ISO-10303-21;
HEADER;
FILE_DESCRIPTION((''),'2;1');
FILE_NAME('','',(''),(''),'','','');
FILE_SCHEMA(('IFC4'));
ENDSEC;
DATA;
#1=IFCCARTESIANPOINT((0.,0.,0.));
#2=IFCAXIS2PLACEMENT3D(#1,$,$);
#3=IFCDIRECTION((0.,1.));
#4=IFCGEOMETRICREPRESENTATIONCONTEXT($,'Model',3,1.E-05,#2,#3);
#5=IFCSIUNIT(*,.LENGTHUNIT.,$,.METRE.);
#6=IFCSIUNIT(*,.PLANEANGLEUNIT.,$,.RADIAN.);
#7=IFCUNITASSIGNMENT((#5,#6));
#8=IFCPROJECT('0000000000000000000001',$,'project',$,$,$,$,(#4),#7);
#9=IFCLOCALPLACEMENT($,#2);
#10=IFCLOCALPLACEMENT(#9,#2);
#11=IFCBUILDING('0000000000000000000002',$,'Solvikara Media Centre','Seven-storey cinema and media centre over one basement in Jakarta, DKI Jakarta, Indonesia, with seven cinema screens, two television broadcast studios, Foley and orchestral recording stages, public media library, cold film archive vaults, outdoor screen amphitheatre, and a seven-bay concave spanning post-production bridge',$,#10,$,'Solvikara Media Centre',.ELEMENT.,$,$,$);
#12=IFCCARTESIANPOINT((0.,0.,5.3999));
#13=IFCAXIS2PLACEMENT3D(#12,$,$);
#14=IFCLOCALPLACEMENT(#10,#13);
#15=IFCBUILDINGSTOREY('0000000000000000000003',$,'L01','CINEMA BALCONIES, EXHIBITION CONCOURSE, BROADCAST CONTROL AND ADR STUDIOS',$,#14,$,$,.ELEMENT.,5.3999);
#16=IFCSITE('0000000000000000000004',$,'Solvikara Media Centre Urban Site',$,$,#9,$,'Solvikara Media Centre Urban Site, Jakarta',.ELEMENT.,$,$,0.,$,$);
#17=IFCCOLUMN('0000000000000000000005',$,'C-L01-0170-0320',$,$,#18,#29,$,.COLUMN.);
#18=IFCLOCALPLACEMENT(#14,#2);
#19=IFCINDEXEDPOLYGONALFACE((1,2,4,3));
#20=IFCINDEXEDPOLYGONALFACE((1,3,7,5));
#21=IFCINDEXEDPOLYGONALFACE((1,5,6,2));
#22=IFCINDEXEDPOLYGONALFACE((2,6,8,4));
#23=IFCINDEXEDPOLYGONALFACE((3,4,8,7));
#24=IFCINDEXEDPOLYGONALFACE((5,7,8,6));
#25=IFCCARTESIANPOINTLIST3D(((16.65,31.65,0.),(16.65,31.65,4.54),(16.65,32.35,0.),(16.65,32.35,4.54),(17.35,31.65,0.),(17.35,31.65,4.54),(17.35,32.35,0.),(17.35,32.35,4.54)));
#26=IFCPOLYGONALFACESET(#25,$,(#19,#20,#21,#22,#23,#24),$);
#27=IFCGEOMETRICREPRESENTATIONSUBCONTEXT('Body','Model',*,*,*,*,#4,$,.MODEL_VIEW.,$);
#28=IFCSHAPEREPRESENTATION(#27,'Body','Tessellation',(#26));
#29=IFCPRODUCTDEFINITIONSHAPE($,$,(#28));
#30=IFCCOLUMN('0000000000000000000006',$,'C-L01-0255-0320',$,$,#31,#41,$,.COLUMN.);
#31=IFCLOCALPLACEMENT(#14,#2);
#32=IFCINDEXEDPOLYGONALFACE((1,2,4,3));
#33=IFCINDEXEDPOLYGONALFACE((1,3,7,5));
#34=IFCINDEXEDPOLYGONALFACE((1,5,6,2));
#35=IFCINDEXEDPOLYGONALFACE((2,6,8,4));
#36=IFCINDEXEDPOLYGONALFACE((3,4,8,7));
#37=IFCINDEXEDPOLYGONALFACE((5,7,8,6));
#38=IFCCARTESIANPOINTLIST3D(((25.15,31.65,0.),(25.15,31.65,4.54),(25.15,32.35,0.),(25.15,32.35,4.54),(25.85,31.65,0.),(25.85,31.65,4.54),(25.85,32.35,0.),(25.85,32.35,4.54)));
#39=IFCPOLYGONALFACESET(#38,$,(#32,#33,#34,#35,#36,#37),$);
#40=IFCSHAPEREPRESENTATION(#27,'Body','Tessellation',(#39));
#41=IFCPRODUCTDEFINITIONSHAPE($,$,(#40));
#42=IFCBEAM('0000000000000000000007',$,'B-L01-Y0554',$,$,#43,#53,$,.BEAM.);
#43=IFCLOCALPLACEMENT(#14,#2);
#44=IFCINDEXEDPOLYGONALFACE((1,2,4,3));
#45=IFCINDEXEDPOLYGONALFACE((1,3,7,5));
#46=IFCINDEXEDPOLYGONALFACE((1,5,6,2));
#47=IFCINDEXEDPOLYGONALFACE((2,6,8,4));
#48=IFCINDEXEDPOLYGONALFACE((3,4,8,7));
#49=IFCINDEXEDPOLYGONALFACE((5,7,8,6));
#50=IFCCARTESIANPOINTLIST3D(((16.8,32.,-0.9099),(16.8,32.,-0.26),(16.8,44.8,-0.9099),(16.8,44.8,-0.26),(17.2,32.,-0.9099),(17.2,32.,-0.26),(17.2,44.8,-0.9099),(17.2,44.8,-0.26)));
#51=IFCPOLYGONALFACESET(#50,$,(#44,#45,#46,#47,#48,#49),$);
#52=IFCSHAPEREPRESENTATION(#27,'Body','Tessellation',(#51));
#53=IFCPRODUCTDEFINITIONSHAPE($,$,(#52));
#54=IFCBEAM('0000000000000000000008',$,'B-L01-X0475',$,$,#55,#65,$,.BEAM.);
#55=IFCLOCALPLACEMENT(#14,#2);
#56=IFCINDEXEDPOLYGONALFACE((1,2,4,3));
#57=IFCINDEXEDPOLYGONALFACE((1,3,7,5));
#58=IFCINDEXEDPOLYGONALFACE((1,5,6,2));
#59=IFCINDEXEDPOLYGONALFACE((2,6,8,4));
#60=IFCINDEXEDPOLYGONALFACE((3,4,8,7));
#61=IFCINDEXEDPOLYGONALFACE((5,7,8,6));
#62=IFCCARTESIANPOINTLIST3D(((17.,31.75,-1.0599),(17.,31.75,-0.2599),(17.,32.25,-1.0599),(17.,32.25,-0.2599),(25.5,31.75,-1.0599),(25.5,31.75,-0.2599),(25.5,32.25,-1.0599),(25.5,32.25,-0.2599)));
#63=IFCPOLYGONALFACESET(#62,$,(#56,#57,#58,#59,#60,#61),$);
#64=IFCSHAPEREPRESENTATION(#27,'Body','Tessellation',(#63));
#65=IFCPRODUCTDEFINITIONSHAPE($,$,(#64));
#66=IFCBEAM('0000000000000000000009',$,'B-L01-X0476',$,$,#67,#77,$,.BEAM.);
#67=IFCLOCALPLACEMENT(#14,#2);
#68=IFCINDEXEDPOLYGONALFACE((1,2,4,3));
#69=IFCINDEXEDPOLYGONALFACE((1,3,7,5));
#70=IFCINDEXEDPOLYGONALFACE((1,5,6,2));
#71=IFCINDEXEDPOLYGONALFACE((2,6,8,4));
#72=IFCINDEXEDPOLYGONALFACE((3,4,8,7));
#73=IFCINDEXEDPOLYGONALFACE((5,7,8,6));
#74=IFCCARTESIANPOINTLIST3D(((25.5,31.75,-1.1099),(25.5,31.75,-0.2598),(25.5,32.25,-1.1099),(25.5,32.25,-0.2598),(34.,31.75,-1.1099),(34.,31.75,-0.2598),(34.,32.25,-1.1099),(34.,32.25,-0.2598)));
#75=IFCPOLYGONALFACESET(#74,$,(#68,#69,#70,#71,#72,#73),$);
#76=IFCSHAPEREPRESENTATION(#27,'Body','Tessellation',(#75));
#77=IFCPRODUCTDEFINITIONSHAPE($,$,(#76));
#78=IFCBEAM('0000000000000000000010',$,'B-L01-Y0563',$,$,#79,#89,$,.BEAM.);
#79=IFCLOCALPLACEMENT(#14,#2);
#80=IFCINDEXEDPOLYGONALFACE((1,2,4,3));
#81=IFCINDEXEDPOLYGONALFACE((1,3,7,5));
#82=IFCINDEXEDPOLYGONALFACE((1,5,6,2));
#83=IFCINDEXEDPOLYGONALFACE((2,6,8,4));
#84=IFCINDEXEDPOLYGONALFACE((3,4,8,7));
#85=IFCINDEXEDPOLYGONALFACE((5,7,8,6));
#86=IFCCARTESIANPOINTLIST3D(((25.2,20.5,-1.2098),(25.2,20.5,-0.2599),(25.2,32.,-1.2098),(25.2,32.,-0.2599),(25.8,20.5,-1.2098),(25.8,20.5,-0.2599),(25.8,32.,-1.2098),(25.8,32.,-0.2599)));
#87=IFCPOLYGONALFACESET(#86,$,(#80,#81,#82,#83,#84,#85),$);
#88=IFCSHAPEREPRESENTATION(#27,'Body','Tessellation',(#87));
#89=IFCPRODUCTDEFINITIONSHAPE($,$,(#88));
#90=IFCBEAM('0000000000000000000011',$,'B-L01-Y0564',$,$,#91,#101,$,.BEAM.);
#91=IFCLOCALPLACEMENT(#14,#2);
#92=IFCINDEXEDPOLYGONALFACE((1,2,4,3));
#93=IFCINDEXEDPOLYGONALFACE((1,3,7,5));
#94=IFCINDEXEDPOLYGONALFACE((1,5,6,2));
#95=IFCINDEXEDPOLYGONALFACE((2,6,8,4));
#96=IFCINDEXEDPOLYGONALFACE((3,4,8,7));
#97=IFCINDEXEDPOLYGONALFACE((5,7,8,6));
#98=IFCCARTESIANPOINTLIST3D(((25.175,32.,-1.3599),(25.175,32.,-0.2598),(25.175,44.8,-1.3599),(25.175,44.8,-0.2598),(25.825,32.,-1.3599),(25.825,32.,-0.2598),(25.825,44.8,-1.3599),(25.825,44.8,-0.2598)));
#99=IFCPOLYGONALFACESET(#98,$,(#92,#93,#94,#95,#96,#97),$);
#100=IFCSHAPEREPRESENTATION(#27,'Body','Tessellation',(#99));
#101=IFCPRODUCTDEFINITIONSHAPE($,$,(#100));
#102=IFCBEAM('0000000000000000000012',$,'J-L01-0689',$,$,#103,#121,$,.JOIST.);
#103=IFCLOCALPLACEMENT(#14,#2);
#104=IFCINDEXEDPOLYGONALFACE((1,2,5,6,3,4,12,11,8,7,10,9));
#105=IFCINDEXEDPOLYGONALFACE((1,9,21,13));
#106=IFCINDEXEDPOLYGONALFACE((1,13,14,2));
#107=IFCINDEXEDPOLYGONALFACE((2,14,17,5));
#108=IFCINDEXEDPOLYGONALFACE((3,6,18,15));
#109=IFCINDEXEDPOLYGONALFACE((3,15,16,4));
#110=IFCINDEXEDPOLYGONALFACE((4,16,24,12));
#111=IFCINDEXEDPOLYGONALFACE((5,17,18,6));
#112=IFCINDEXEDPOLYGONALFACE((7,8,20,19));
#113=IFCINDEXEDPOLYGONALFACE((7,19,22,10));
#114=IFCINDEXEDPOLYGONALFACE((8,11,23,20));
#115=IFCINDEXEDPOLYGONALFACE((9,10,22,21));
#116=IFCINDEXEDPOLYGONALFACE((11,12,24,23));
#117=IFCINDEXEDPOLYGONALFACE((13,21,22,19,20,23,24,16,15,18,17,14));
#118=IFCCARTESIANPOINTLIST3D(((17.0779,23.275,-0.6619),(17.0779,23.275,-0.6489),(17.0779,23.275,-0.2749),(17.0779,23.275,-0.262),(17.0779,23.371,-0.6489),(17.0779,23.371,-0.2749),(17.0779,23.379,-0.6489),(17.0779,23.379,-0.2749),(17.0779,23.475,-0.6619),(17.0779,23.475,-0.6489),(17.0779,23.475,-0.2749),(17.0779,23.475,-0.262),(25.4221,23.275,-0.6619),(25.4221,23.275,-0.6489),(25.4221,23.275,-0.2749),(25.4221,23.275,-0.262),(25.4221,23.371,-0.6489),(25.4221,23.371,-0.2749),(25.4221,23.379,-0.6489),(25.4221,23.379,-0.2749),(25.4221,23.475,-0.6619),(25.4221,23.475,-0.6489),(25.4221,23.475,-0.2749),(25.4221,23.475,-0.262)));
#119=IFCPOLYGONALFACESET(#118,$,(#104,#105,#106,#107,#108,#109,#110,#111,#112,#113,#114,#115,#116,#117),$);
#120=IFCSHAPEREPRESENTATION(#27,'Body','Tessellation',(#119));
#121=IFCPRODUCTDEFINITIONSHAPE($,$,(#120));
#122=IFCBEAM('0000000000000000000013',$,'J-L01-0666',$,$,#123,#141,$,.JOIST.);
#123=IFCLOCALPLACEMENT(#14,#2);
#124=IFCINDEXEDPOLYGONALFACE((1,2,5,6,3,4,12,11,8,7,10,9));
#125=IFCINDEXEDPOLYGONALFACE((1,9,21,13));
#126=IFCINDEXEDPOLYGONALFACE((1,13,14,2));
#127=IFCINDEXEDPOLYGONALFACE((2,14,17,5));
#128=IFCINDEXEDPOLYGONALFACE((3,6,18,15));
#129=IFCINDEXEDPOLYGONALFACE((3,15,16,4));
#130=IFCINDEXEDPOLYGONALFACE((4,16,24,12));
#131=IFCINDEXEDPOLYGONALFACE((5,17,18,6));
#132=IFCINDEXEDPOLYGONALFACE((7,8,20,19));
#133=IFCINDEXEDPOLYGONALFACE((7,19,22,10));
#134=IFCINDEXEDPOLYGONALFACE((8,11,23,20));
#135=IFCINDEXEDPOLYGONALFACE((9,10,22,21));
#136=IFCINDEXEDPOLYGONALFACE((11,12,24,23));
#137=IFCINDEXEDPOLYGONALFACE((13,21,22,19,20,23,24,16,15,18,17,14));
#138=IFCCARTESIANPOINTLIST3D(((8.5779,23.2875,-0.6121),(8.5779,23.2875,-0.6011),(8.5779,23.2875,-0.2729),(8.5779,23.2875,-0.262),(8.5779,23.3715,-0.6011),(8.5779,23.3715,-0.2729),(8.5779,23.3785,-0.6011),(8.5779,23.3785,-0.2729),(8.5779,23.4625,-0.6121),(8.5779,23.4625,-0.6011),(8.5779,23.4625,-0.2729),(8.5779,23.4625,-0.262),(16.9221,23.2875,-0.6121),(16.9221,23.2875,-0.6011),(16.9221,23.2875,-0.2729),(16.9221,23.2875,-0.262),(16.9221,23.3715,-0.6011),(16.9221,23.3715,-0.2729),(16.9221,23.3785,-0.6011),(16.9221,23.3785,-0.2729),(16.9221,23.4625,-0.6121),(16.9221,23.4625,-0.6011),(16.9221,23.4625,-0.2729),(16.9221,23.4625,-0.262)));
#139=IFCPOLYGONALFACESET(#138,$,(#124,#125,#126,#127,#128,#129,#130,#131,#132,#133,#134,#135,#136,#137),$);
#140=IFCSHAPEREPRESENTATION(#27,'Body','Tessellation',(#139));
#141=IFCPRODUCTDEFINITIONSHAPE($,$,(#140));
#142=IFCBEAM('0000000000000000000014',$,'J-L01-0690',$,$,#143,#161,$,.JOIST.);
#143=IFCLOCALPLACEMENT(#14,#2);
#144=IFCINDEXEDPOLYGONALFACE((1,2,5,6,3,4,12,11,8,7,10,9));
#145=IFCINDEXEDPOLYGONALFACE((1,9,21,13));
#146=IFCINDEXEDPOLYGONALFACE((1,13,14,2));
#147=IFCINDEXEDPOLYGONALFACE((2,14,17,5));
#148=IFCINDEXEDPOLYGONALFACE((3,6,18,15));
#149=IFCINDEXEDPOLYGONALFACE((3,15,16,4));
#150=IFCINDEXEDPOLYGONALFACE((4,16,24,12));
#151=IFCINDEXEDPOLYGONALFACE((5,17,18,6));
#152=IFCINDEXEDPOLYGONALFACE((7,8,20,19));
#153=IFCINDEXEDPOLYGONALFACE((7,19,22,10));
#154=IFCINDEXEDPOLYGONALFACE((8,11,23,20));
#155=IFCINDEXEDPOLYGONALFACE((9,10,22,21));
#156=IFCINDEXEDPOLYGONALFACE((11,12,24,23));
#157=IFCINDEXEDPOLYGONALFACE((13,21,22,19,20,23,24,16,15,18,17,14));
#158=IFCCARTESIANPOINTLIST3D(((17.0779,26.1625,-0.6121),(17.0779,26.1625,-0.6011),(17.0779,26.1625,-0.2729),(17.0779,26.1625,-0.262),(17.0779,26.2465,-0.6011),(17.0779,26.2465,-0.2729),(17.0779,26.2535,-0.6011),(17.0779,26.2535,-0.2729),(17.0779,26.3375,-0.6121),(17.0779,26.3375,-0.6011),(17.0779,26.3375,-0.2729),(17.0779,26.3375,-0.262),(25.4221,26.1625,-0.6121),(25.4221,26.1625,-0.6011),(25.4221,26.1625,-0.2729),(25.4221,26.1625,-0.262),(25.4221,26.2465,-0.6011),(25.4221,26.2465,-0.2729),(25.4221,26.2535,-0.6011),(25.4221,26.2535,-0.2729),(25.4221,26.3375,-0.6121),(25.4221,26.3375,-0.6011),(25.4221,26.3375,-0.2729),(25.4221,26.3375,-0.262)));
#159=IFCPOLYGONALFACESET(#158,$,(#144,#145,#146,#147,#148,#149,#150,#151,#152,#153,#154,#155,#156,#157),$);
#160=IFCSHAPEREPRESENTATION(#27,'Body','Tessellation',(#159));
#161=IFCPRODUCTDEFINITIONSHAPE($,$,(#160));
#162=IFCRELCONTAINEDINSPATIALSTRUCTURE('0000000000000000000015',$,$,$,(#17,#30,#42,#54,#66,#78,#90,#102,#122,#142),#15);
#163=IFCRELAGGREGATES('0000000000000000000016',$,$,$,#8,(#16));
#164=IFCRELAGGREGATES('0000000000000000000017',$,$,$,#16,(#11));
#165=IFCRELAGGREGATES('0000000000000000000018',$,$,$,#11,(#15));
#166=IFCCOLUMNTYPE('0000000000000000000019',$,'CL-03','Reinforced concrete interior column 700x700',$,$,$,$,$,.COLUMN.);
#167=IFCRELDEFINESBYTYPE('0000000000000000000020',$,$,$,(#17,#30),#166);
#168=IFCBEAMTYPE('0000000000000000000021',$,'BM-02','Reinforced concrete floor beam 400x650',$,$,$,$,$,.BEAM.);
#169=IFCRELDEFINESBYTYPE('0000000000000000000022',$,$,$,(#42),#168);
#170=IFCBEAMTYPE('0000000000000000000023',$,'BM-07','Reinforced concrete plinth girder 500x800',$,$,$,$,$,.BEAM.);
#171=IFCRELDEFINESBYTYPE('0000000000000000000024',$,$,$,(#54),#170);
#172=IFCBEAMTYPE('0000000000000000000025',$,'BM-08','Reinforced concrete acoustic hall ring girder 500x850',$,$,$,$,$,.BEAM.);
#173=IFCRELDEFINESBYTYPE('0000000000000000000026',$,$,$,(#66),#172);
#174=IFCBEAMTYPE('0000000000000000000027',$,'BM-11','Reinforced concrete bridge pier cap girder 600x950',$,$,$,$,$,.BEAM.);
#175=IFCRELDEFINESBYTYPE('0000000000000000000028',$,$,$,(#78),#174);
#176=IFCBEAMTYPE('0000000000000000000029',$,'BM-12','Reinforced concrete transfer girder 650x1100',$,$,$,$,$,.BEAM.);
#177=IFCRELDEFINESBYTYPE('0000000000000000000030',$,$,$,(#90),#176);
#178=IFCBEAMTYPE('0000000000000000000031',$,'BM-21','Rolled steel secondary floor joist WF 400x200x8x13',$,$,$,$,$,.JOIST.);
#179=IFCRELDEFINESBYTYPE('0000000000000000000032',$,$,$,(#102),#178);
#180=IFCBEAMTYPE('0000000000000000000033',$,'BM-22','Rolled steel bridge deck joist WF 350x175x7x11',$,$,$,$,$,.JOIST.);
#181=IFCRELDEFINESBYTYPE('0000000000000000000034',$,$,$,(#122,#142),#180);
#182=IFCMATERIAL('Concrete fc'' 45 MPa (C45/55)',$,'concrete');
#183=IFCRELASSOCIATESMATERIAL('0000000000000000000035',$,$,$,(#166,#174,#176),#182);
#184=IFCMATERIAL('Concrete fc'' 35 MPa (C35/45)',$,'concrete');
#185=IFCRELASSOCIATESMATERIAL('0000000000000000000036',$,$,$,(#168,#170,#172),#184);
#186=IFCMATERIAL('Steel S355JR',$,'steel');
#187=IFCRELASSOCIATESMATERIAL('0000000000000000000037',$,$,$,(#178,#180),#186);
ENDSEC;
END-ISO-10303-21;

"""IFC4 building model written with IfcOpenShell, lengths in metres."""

from ifc_helpers import new_model, si_unit, direction, frame, origin, origin_2d, place, context, subcontext, project, spatial, rectangle, i_section, extrude, material, material_profile, profile_set, type_object, element, save


model = new_model("IFC4")

# Units and contexts
model_context = context("Model", 3, precision=1e-05, world=origin(), true_north=direction((0.0, 1.0)))
body_context = subcontext(model_context, "Body", "Model", "MODEL_VIEW")
ifc_project = project(units=[si_unit("LENGTHUNIT", "METRE"), si_unit("PLANEANGLEUNIT", "RADIAN")], contexts=[model_context])

# Site, building, storey
site_placement = place(None, origin())
site = spatial("IfcSite", under=ifc_project, at=site_placement, Name="Solvikara Media Centre Urban Site", LongName="Solvikara Media Centre Urban Site, Jakarta", CompositionType="ELEMENT", RefElevation=0.0)
building_placement = place(site_placement, origin())
building = spatial("IfcBuilding", under=site, at=building_placement, Name="Solvikara Media Centre", Description="Seven-storey cinema and media centre over one basement in Jakarta, DKI Jakarta, Indonesia, with seven cinema screens, two television broadcast studios, Foley and orchestral recording stages, public media library, cold film archive vaults, outdoor screen amphitheatre, and a seven-bay concave spanning post-production bridge", LongName="Solvikara Media Centre", CompositionType="ELEMENT")
storey_placement = place(building_placement, frame((0.0, 0.0, 5.3999)))
storey = spatial("IfcBuildingStorey", under=building, at=storey_placement, Name="L01", Description="CINEMA BALCONIES, EXHIBITION CONCOURSE, BROADCAST CONTROL AND ADR STUDIOS", CompositionType="ELEMENT", Elevation=5.3999)

# Columns
ifc_material_1 = material(Name="Concrete fc' 45 MPa (C45/55)", Category="concrete")
ifc_material_profile_1 = material_profile(ifc_material_1, rectangle(XDim=0.7, YDim=0.7, at=origin_2d()), Name="RC 700x700")
ifc_profile_set_1 = profile_set([ifc_material_profile_1], Name="Concrete fc' 45 MPa (C45/55)")
column_type = type_object("IfcColumnType", Name="CL-03", Description="Reinforced concrete interior column 700x700", PredefinedType="COLUMN", material=ifc_profile_set_1)
for number, where, z_axis, x_axis, name in (
    (1, (17.0, 32.0, 0.0), (0.0, 0.0, 1.0), (1.0, 0.0, 0.0), "C-L01-0170-0320"),
    (2, (25.5, 32.0, 0.0), (0.0, 0.0, 1.0), (1.0, 0.0, 0.0), "C-L01-0255-0320"),
):
    element("IfcColumn", number, at=place(storey_placement, frame(where, z_axis=z_axis, x_axis=x_axis)), inside=storey, type_object=column_type, Name=name, PredefinedType="COLUMN", context=body_context, shape_type="SweptSolid", body=[
        extrude(rectangle(XDim=0.7, YDim=0.7, at=origin_2d()), origin(), (0.0, 0.0, 1.0), 4.54),
    ])

# Beams
ifc_material_2 = material(Name="Concrete fc' 35 MPa (C35/45)", Category="concrete")
ifc_material_profile_2 = material_profile(ifc_material_2, rectangle(XDim=0.3999, YDim=0.6499, at=origin_2d()), Name="RC 400x650")
ifc_profile_set_2 = profile_set([ifc_material_profile_2], Name="Concrete fc' 35 MPa (C35/45)")
beam_type_1 = type_object("IfcBeamType", Name="BM-02", Description="Reinforced concrete floor beam 400x650", PredefinedType="BEAM", material=ifc_profile_set_2)
beam_1_placement = place(storey_placement, frame((17.0, 32.0, -0.585), z_axis=(0.0, 1.0, 0.0), x_axis=(-1.0, 0.0, 0.0)))
element("IfcBeam", 3, at=beam_1_placement, inside=storey, type_object=beam_type_1, Name="B-L01-Y0554", PredefinedType="BEAM", context=body_context, shape_type="SweptSolid", body=[
    extrude(rectangle(XDim=0.3999, YDim=0.6499, at=origin_2d()), origin(), (0.0, 0.0, 1.0), 12.8),
])
ifc_material_profile_3 = material_profile(ifc_material_2, rectangle(XDim=0.5, YDim=0.8, at=origin_2d()), Name="RC 500x800")
ifc_profile_set_3 = profile_set([ifc_material_profile_3], Name="Concrete fc' 35 MPa (C35/45)")
beam_type_2 = type_object("IfcBeamType", Name="BM-07", Description="Reinforced concrete plinth girder 500x800", PredefinedType="BEAM", material=ifc_profile_set_3)
beam_2_placement = place(storey_placement, frame((17.0, 32.0, -0.6599), z_axis=(1.0, 0.0, 0.0), x_axis=(0.0, 1.0, 0.0)))
element("IfcBeam", 4, at=beam_2_placement, inside=storey, type_object=beam_type_2, Name="B-L01-X0475", PredefinedType="BEAM", context=body_context, shape_type="SweptSolid", body=[
    extrude(rectangle(XDim=0.5, YDim=0.8, at=origin_2d()), origin(), (0.0, 0.0, 1.0), 8.5),
])
ifc_material_profile_4 = material_profile(ifc_material_2, rectangle(XDim=0.5, YDim=0.8501, at=origin_2d()), Name="RC 500x850")
ifc_profile_set_4 = profile_set([ifc_material_profile_4], Name="Concrete fc' 35 MPa (C35/45)")
beam_type_3 = type_object("IfcBeamType", Name="BM-08", Description="Reinforced concrete acoustic hall ring girder 500x850", PredefinedType="BEAM", material=ifc_profile_set_4)
beam_3_placement = place(storey_placement, frame((25.5, 32.0, -0.6848), z_axis=(1.0, 0.0, 0.0), x_axis=(0.0, 1.0, 0.0)))
element("IfcBeam", 5, at=beam_3_placement, inside=storey, type_object=beam_type_3, Name="B-L01-X0476", PredefinedType="BEAM", context=body_context, shape_type="SweptSolid", body=[
    extrude(rectangle(XDim=0.5, YDim=0.8501, at=origin_2d()), origin(), (0.0, 0.0, 1.0), 8.5),
])
ifc_material_profile_5 = material_profile(ifc_material_1, rectangle(XDim=0.6001, YDim=0.95, at=origin_2d()), Name="RC 600x950")
ifc_profile_set_5 = profile_set([ifc_material_profile_5], Name="Concrete fc' 45 MPa (C45/55)")
beam_type_4 = type_object("IfcBeamType", Name="BM-11", Description="Reinforced concrete bridge pier cap girder 600x950", PredefinedType="BEAM", material=ifc_profile_set_5)
beam_4_placement = place(storey_placement, frame((25.5, 20.5, -0.7349), z_axis=(0.0, 1.0, 0.0), x_axis=(-1.0, 0.0, 0.0)))
element("IfcBeam", 6, at=beam_4_placement, inside=storey, type_object=beam_type_4, Name="B-L01-Y0563", PredefinedType="BEAM", context=body_context, shape_type="SweptSolid", body=[
    extrude(rectangle(XDim=0.6001, YDim=0.95, at=origin_2d()), origin(), (0.0, 0.0, 1.0), 11.5),
])
ifc_material_profile_6 = material_profile(ifc_material_1, rectangle(XDim=0.6499, YDim=1.1001, at=origin_2d()), Name="RC 650x1100")
ifc_profile_set_6 = profile_set([ifc_material_profile_6], Name="Concrete fc' 45 MPa (C45/55)")
beam_type_5 = type_object("IfcBeamType", Name="BM-12", Description="Reinforced concrete transfer girder 650x1100", PredefinedType="BEAM", material=ifc_profile_set_6)
beam_5_placement = place(storey_placement, frame((25.5, 32.0, -0.8098), z_axis=(0.0, 1.0, 0.0), x_axis=(-1.0, 0.0, 0.0)))
element("IfcBeam", 7, at=beam_5_placement, inside=storey, type_object=beam_type_5, Name="B-L01-Y0564", PredefinedType="BEAM", context=body_context, shape_type="SweptSolid", body=[
    extrude(rectangle(XDim=0.6499, YDim=1.1001, at=origin_2d()), origin(), (0.0, 0.0, 1.0), 12.8),
])
ifc_material_3 = material(Name="Steel S355JR", Category="steel")
ifc_material_profile_7 = material_profile(ifc_material_3, i_section(OverallWidth=0.2, OverallDepth=0.3999, WebThickness=0.0081, FlangeThickness=0.0129, at=origin_2d()), Name="WF 400x200x8x13")
ifc_profile_set_7 = profile_set([ifc_material_profile_7], Name="Steel S355JR")
beam_type_6 = type_object("IfcBeamType", Name="BM-21", Description="Rolled steel secondary floor joist WF 400x200x8x13", PredefinedType="JOIST", material=ifc_profile_set_7)
beam_6_placement = place(storey_placement, frame((17.0779, 23.375, -0.4619), z_axis=(1.0, 0.0, 0.0), x_axis=(0.0, 1.0, 0.0)))
element("IfcBeam", 8, at=beam_6_placement, inside=storey, type_object=beam_type_6, Name="J-L01-0689", PredefinedType="JOIST", context=body_context, shape_type="SweptSolid", body=[
    extrude(i_section(OverallWidth=0.2, OverallDepth=0.3999, WebThickness=0.0081, FlangeThickness=0.0129, at=origin_2d()), origin(), (0.0, 0.0, 1.0), 8.3442),
])
ifc_material_profile_8 = material_profile(ifc_material_3, i_section(OverallWidth=0.175, OverallDepth=0.3501, WebThickness=0.0071, FlangeThickness=0.011, at=origin_2d()), Name="WF 350x175x7x11")
ifc_profile_set_8 = profile_set([ifc_material_profile_8], Name="Steel S355JR")
beam_type_7 = type_object("IfcBeamType", Name="BM-22", Description="Rolled steel bridge deck joist WF 350x175x7x11", PredefinedType="JOIST", material=ifc_profile_set_8)
for number, where, z_axis, x_axis, name in (
    (9, (8.5779, 23.375, -0.437), (1.0, 0.0, 0.0), (0.0, 1.0, 0.0), "J-L01-0666"),
    (10, (17.0779, 26.25, -0.437), (1.0, 0.0, 0.0), (0.0, 1.0, 0.0), "J-L01-0690"),
):
    element("IfcBeam", number, at=place(storey_placement, frame(where, z_axis=z_axis, x_axis=x_axis)), inside=storey, type_object=beam_type_7, Name=name, PredefinedType="JOIST", context=body_context, shape_type="SweptSolid", body=[
        extrude(i_section(OverallWidth=0.175, OverallDepth=0.3501, WebThickness=0.0071, FlangeThickness=0.011, at=origin_2d()), origin(), (0.0, 0.0, 1.0), 8.3442),
    ])

save(model, "model.ifc")
